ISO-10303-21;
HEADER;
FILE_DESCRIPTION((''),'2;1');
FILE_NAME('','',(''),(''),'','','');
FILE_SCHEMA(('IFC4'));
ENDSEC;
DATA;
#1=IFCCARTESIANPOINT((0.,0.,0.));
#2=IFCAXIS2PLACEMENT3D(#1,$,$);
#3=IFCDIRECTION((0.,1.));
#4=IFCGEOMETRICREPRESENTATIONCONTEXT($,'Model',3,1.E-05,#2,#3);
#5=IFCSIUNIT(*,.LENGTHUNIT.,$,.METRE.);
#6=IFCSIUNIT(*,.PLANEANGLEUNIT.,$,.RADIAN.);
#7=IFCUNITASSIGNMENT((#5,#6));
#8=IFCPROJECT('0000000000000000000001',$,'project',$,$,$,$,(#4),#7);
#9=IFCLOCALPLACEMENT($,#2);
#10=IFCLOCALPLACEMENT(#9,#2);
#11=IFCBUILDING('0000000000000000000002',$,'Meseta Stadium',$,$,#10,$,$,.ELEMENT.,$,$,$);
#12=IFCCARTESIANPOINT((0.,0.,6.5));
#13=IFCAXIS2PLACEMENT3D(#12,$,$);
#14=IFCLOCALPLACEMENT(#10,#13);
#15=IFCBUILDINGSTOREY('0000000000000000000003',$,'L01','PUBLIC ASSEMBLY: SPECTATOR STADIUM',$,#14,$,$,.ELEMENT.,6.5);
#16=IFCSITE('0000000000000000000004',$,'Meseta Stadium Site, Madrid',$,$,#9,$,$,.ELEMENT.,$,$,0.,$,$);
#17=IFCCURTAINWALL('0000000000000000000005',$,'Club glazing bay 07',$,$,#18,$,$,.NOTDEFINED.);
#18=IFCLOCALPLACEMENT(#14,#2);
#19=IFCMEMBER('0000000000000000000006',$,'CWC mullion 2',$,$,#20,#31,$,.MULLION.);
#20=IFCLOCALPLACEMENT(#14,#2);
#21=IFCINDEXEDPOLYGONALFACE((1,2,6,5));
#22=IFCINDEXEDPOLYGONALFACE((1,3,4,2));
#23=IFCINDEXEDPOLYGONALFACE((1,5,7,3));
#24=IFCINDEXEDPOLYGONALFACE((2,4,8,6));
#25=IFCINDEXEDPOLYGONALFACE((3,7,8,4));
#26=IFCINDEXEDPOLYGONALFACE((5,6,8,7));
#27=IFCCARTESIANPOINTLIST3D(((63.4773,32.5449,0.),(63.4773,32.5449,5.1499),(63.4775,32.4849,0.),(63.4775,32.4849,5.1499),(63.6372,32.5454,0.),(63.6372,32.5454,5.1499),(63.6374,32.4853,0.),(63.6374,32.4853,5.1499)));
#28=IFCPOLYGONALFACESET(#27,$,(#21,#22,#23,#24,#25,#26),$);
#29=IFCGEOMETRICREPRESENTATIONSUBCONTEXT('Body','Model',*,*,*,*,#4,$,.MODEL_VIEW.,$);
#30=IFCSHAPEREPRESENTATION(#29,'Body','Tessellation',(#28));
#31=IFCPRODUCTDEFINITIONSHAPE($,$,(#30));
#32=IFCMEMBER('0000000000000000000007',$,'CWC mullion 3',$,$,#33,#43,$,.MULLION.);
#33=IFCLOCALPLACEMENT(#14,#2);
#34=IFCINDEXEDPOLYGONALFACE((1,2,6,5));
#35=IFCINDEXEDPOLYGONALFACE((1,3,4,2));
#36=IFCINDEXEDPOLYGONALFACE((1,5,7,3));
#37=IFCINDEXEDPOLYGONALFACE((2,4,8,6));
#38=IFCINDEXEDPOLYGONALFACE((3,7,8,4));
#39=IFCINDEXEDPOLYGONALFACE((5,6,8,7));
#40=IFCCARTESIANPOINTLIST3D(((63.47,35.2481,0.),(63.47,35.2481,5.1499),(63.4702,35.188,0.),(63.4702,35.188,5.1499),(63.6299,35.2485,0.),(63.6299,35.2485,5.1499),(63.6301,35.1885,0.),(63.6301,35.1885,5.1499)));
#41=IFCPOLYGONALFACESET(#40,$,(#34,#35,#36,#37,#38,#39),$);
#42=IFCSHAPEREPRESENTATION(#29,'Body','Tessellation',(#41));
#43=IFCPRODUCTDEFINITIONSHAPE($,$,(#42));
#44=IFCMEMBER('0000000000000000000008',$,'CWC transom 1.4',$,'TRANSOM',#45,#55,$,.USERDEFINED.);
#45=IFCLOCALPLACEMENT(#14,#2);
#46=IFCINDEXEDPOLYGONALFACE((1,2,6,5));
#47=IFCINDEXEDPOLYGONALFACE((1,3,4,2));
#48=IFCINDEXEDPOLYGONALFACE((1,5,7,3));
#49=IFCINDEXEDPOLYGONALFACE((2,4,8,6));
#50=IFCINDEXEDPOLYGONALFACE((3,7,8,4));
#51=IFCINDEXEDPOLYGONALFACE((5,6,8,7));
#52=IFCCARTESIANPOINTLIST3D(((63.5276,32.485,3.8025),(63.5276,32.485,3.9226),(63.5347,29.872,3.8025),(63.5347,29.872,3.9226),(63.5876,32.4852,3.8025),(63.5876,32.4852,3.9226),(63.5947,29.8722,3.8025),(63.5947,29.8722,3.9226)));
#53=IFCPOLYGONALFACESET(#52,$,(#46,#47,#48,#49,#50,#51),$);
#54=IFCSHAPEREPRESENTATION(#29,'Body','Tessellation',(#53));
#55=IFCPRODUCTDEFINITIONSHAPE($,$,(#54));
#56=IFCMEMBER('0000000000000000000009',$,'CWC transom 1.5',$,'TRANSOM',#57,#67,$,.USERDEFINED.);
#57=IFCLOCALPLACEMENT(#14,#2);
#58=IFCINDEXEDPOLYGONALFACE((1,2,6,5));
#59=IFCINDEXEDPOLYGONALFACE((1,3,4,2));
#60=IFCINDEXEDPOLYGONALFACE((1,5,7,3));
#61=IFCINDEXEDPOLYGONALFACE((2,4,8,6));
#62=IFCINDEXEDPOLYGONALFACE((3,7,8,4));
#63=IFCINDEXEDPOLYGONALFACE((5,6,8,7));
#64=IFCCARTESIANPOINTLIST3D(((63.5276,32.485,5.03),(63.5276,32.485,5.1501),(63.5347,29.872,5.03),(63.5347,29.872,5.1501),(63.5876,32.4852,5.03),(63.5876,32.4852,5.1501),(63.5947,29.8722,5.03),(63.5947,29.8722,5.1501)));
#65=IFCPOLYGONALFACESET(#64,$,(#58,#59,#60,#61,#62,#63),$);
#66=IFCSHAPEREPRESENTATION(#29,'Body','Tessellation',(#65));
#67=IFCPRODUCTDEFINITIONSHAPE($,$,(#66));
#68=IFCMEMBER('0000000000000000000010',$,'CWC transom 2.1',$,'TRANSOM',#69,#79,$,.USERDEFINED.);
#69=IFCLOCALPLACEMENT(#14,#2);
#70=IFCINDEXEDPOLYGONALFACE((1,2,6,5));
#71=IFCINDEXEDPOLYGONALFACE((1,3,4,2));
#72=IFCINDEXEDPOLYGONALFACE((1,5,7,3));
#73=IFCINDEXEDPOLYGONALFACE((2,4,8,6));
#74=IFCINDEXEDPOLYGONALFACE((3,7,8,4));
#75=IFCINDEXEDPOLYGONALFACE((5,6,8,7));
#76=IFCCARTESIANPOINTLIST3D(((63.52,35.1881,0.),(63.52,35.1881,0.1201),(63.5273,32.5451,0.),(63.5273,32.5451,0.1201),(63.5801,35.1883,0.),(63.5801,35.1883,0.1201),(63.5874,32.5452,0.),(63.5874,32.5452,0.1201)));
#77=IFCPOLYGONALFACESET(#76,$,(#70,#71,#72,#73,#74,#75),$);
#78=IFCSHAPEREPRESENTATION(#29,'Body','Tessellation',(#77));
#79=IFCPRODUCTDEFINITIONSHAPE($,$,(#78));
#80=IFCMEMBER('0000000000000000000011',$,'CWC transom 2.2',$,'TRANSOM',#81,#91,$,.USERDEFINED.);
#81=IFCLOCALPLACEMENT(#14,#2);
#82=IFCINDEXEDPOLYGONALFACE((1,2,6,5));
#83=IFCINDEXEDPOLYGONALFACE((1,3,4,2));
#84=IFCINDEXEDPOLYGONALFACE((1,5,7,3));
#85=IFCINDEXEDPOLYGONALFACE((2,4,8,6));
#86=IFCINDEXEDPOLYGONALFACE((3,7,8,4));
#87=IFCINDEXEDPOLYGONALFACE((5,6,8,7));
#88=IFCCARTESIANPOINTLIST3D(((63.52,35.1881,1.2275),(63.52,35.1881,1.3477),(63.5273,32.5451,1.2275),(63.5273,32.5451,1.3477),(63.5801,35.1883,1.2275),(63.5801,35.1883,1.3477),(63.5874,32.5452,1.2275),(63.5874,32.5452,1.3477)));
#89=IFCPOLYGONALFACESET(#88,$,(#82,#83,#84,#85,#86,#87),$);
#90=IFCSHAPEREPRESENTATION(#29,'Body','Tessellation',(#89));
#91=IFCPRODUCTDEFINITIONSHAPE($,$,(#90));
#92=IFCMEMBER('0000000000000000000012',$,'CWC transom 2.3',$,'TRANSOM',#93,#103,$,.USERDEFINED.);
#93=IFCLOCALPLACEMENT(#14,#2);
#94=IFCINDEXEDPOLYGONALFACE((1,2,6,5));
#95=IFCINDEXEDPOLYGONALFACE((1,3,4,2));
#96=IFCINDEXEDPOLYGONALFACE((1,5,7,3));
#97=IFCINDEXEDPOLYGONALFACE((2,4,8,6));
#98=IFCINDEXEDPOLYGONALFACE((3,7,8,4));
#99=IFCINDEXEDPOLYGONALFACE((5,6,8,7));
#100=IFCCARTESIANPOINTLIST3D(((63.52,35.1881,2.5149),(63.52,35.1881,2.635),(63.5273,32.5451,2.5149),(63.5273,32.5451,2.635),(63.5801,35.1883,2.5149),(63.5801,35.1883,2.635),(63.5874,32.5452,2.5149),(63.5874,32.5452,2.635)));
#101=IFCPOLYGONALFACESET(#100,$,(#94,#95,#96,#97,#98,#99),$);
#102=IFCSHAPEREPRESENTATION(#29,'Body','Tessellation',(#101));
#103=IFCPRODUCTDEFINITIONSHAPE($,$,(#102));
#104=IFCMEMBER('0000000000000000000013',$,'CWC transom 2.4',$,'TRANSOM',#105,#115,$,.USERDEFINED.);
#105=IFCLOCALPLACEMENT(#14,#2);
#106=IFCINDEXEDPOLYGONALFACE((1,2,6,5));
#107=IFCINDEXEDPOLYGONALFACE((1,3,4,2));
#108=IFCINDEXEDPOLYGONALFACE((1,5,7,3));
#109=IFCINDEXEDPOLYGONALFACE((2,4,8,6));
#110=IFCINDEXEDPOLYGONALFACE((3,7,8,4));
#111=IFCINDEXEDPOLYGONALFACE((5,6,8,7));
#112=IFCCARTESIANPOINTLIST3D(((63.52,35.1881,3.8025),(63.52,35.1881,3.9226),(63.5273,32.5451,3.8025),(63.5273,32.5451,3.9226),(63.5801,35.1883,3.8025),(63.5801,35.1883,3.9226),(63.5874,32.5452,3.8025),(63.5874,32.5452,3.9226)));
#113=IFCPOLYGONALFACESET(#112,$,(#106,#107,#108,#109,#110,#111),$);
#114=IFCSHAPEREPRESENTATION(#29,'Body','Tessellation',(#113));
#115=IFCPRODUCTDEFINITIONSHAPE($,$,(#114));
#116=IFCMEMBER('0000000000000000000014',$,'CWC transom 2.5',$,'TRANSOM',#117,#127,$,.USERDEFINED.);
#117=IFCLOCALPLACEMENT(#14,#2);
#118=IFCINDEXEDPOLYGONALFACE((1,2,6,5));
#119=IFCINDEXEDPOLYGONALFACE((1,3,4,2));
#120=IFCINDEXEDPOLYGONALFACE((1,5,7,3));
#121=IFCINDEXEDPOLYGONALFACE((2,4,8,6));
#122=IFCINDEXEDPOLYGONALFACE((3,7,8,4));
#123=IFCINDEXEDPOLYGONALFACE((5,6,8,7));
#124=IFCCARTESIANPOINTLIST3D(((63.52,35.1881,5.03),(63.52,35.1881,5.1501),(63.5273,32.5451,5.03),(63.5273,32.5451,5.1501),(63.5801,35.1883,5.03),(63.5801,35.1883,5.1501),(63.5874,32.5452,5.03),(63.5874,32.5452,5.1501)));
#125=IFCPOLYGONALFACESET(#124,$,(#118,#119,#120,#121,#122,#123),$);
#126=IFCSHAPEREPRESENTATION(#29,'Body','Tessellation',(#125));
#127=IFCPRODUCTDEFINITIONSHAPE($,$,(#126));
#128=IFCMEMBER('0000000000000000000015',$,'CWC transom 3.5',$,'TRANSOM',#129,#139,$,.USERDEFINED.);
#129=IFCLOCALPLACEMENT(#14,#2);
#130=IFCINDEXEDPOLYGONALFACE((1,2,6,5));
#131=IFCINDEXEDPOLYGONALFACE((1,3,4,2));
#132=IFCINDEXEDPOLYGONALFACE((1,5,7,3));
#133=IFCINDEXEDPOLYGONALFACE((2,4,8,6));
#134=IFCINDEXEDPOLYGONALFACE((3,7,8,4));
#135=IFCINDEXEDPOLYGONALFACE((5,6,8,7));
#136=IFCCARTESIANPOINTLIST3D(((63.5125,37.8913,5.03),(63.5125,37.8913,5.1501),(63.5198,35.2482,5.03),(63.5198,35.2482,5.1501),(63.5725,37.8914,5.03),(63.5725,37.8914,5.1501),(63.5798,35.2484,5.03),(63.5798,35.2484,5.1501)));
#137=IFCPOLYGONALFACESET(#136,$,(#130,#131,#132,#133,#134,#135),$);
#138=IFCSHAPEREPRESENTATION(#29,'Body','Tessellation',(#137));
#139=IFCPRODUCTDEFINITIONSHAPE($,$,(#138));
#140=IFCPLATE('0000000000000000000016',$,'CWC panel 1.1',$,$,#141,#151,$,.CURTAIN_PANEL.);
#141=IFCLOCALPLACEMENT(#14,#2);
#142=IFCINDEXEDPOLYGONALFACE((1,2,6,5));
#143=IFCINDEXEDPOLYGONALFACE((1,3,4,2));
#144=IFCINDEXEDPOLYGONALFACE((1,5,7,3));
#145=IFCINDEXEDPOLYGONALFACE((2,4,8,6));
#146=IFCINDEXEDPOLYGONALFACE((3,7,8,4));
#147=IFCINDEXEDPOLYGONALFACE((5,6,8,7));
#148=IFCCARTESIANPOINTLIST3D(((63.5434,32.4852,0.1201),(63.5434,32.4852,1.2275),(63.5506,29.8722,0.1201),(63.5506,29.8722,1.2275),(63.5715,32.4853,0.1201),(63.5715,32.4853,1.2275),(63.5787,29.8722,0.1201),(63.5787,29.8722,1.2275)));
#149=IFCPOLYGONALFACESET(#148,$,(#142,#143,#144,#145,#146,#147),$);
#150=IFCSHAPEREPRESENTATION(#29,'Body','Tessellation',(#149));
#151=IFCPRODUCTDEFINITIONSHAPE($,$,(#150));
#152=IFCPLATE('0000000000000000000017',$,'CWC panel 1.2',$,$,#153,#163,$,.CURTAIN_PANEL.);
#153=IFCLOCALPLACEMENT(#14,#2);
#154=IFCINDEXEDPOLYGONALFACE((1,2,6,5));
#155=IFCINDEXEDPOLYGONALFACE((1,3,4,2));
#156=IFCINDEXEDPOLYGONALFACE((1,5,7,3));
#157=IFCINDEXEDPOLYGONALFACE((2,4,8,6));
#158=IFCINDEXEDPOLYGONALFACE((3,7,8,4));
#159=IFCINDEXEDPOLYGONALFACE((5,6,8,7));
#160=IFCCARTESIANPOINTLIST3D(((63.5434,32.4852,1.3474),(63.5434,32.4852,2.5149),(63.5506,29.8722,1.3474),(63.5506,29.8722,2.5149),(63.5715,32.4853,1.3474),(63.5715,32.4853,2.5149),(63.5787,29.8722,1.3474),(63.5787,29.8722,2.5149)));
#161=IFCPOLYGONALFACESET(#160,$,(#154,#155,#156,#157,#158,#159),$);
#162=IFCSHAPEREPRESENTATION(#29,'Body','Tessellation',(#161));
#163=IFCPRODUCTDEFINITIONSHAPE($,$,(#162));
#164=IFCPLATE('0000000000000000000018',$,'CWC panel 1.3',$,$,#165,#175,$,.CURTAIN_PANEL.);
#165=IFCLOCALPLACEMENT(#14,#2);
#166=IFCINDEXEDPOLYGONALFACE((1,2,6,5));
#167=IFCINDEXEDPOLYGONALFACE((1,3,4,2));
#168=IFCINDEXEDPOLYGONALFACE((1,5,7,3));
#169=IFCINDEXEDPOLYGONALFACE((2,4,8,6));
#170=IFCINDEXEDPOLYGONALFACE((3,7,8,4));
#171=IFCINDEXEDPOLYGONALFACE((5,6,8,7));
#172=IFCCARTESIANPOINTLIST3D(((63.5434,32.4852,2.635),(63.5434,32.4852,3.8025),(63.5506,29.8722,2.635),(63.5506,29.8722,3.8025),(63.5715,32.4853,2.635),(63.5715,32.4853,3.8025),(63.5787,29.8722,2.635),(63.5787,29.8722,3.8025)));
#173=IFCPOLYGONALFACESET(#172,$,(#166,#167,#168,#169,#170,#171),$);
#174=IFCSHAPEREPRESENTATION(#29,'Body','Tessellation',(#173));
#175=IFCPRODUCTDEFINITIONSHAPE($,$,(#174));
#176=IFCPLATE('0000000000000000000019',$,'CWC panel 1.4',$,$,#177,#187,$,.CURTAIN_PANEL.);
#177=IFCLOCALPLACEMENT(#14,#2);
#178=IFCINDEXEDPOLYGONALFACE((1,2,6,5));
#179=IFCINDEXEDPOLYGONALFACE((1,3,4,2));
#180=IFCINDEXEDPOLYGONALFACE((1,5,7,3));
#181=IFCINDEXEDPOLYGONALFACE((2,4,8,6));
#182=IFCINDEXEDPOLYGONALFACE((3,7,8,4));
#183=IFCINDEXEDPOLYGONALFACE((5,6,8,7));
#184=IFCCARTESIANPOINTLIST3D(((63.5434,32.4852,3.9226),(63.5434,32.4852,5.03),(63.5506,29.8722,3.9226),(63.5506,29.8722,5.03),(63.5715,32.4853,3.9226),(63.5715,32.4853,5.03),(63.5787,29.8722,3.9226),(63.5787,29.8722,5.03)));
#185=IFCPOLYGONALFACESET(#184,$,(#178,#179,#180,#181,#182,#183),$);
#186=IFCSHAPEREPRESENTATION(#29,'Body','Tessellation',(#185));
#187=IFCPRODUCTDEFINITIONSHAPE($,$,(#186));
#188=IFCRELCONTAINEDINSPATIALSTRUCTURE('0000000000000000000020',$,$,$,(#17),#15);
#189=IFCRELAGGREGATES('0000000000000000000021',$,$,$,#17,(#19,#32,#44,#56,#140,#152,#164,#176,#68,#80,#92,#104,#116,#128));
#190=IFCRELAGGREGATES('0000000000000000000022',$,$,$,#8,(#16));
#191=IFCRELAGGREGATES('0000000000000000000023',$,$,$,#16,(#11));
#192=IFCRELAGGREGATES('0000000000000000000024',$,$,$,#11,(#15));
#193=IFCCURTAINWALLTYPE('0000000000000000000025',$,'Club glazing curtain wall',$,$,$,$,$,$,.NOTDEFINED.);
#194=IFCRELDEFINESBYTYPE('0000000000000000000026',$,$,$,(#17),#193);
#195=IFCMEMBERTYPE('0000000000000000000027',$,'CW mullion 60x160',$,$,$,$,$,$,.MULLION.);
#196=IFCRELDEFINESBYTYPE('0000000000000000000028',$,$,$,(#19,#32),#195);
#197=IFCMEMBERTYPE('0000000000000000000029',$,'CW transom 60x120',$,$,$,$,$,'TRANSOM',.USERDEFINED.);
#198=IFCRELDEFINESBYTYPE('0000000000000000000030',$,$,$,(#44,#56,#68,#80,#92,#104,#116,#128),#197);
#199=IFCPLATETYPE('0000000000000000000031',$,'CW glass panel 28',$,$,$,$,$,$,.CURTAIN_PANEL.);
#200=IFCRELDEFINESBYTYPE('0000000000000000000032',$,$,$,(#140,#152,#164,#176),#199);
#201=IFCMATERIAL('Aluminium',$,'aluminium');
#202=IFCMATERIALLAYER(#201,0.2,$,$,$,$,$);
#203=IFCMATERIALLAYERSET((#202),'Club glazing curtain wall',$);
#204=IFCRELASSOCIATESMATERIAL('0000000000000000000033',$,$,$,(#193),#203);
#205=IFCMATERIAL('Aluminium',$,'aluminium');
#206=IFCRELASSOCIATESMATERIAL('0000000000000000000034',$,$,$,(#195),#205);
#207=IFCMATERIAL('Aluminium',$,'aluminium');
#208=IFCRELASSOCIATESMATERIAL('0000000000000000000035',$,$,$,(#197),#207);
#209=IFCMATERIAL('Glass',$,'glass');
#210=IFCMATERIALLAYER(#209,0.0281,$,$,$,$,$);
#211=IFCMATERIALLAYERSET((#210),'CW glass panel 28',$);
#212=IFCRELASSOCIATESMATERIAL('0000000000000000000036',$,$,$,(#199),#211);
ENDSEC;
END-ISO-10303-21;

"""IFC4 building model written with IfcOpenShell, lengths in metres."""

from ifc_helpers import new_model, si_unit, direction, frame, origin, origin_2d, place, context, subcontext, project, spatial, rectangle, extrude, material, layer, layer_set, material_profile, profile_set, type_object, element, aggregate, save


model = new_model("IFC4")

# Units and contexts
model_context = context("Model", 3, precision=1e-05, world=origin(), true_north=direction((0.0, 1.0)))
body_context = subcontext(model_context, "Body", "Model", "MODEL_VIEW")
ifc_project = project(units=[si_unit("LENGTHUNIT", "METRE"), si_unit("PLANEANGLEUNIT", "RADIAN")], contexts=[model_context])

# Site, building, storey
site_placement = place(None, origin())
site = spatial("IfcSite", under=ifc_project, at=site_placement, Name="Meseta Stadium Site, Madrid", CompositionType="ELEMENT", RefElevation=0.0)
building_placement = place(site_placement, origin())
building = spatial("IfcBuilding", under=site, at=building_placement, Name="Meseta Stadium", CompositionType="ELEMENT")
storey_placement = place(building_placement, frame((0.0, 0.0, 6.5)))
storey = spatial("IfcBuildingStorey", under=building, at=storey_placement, Name="L01", Description="PUBLIC ASSEMBLY: SPECTATOR STADIUM", CompositionType="ELEMENT", Elevation=6.5)

# Curtain wall, members, plates
ifc_material_1 = material(Name="Aluminium", Category="aluminium")
ifc_layer_1 = layer(ifc_material_1, 0.2)
ifc_layer_set_1 = layer_set([ifc_layer_1], Name="Club glazing curtain wall")
curtain_wall_type = type_object("IfcCurtainWallType", Name="Club glazing curtain wall", PredefinedType="NOTDEFINED", material=ifc_layer_set_1)
curtain_wall_placement = place(storey_placement, origin())
curtain_wall = element("IfcCurtainWall", 1, at=curtain_wall_placement, inside=storey, type_object=curtain_wall_type, Name="Club glazing bay 07", PredefinedType="NOTDEFINED")
ifc_material_2 = material(Name="Aluminium", Category="aluminium")
ifc_material_profile_1 = material_profile(ifc_material_2, rectangle(XDim=0.1599, YDim=0.0601, at=origin_2d()), Name="CW 160x60")
ifc_profile_set_1 = profile_set([ifc_material_profile_1], Name="Aluminium")
member_type_1 = type_object("IfcMemberType", Name="CW mullion 60x160", PredefinedType="MULLION", material=ifc_profile_set_1)
member_1_placement = place(storey_placement, frame((63.5574, 32.5151, 0.0), z_axis=(0.0, 0.0, 1.0), x_axis=(-0.999996, -0.002758, 0.0)))
member_1 = element("IfcMember", 2, at=member_1_placement, type_object=member_type_1, Name="CWC mullion 2", PredefinedType="MULLION", context=body_context, shape_type="SweptSolid", body=[
    extrude(rectangle(XDim=0.1599, YDim=0.0601, at=origin_2d()), origin(), (0.0, 0.0, 1.0), 5.1499),
])
member_2_placement = place(storey_placement, frame((63.55, 35.2183, 0.0), z_axis=(0.0, 0.0, 1.0), x_axis=(-0.999996, -0.002758, 0.0)))
member_2 = element("IfcMember", 3, at=member_2_placement, type_object=member_type_1, Name="CWC mullion 3", PredefinedType="MULLION", context=body_context, shape_type="SweptSolid", body=[
    extrude(rectangle(XDim=0.1599, YDim=0.0601, at=origin_2d()), origin(), (0.0, 0.0, 1.0), 5.1499),
])
ifc_material_3 = material(Name="Aluminium", Category="aluminium")
ifc_material_profile_2 = material_profile(ifc_material_3, rectangle(XDim=0.0601, YDim=0.1201, at=origin_2d()), Name="CW 60x120")
ifc_profile_set_2 = profile_set([ifc_material_profile_2], Name="Aluminium")
member_type_2 = type_object("IfcMemberType", Name="CW transom 60x120", ElementType="TRANSOM", PredefinedType="USERDEFINED", material=ifc_profile_set_2)
member_3_placement = place(storey_placement, frame((63.5647, 29.8721, 3.8625), z_axis=(-0.00271, 0.999996, 0.0), x_axis=(-0.999996, -0.00271, 0.0)))
member_3 = element("IfcMember", 4, at=member_3_placement, type_object=member_type_2, Name="CWC transom 1.4", ObjectType="TRANSOM", PredefinedType="USERDEFINED", context=body_context, shape_type="SweptSolid", body=[
    extrude(rectangle(XDim=0.0601, YDim=0.1201, at=origin_2d()), origin(), (0.0, 0.0, 1.0), 2.613),
])
member_4_placement = place(storey_placement, frame((63.5647, 29.8721, 5.0901), z_axis=(-0.00271, 0.999996, 0.0), x_axis=(-0.999996, -0.00271, 0.0)))
member_4 = element("IfcMember", 5, at=member_4_placement, type_object=member_type_2, Name="CWC transom 1.5", ObjectType="TRANSOM", PredefinedType="USERDEFINED", context=body_context, shape_type="SweptSolid", body=[
    extrude(rectangle(XDim=0.0601, YDim=0.1201, at=origin_2d()), origin(), (0.0, 0.0, 1.0), 2.613),
])
member_5_placement = place(storey_placement, frame((63.5574, 32.5452, 0.0601), z_axis=(-0.002771, 0.999996, 0.0), x_axis=(-0.999996, -0.002771, 0.0)))
member_5 = element("IfcMember", 6, at=member_5_placement, type_object=member_type_2, Name="CWC transom 2.1", ObjectType="TRANSOM", PredefinedType="USERDEFINED", context=body_context, shape_type="SweptSolid", body=[
    extrude(rectangle(XDim=0.0601, YDim=0.1201, at=origin_2d()), origin(), (0.0, 0.0, 1.0), 2.6431),
])
member_6_placement = place(storey_placement, frame((63.5574, 32.5452, 1.2876), z_axis=(-0.002771, 0.999996, 0.0), x_axis=(-0.999996, -0.002771, 0.0)))
member_6 = element("IfcMember", 7, at=member_6_placement, type_object=member_type_2, Name="CWC transom 2.2", ObjectType="TRANSOM", PredefinedType="USERDEFINED", context=body_context, shape_type="SweptSolid", body=[
    extrude(rectangle(XDim=0.0601, YDim=0.1201, at=origin_2d()), origin(), (0.0, 0.0, 1.0), 2.6431),
])
member_7_placement = place(storey_placement, frame((63.5574, 32.5452, 2.575), z_axis=(-0.002771, 0.999996, 0.0), x_axis=(-0.999996, -0.002771, 0.0)))
member_7 = element("IfcMember", 8, at=member_7_placement, type_object=member_type_2, Name="CWC transom 2.3", ObjectType="TRANSOM", PredefinedType="USERDEFINED", context=body_context, shape_type="SweptSolid", body=[
    extrude(rectangle(XDim=0.0601, YDim=0.1201, at=origin_2d()), origin(), (0.0, 0.0, 1.0), 2.6431),
])
member_8_placement = place(storey_placement, frame((63.5574, 32.5452, 3.8625), z_axis=(-0.002771, 0.999996, 0.0), x_axis=(-0.999996, -0.002771, 0.0)))
member_8 = element("IfcMember", 9, at=member_8_placement, type_object=member_type_2, Name="CWC transom 2.4", ObjectType="TRANSOM", PredefinedType="USERDEFINED", context=body_context, shape_type="SweptSolid", body=[
    extrude(rectangle(XDim=0.0601, YDim=0.1201, at=origin_2d()), origin(), (0.0, 0.0, 1.0), 2.6431),
])
member_9_placement = place(storey_placement, frame((63.5574, 32.5452, 5.0901), z_axis=(-0.002771, 0.999996, 0.0), x_axis=(-0.999996, -0.002771, 0.0)))
member_9 = element("IfcMember", 10, at=member_9_placement, type_object=member_type_2, Name="CWC transom 2.5", ObjectType="TRANSOM", PredefinedType="USERDEFINED", context=body_context, shape_type="SweptSolid", body=[
    extrude(rectangle(XDim=0.0601, YDim=0.1201, at=origin_2d()), origin(), (0.0, 0.0, 1.0), 2.6431),
])
member_10_placement = place(storey_placement, frame((63.5498, 35.2483, 5.0901), z_axis=(-0.002771, 0.999996, 0.0), x_axis=(-0.999996, -0.002771, 0.0)))
member_10 = element("IfcMember", 11, at=member_10_placement, type_object=member_type_2, Name="CWC transom 3.5", ObjectType="TRANSOM", PredefinedType="USERDEFINED", context=body_context, shape_type="SweptSolid", body=[
    extrude(rectangle(XDim=0.0601, YDim=0.1201, at=origin_2d()), origin(), (0.0, 0.0, 1.0), 2.6431),
])
ifc_material_4 = material(Name="Glass", Category="glass")
ifc_layer_2 = layer(ifc_material_4, 0.0281)
ifc_layer_set_2 = layer_set([ifc_layer_2], Name="CW glass panel 28")
plate_type = type_object("IfcPlateType", Name="CW glass panel 28", PredefinedType="CURTAIN_PANEL", material=ifc_layer_set_2)
plate_1_placement = place(storey_placement, frame((63.561, 31.1787, 0.1201), z_axis=(0.0, 0.0, 1.0), x_axis=(-0.002758, 0.999996, 0.0)))
plate_1 = element("IfcPlate", 12, at=plate_1_placement, type_object=plate_type, Name="CWC panel 1.1", PredefinedType="CURTAIN_PANEL", context=body_context, shape_type="SweptSolid", body=[
    extrude(rectangle(XDim=2.613, YDim=0.0281, at=origin_2d()), origin(), (0.0, 0.0, 1.0), 1.1074),
])
plate_2_placement = place(storey_placement, frame((63.561, 31.1787, 1.3474), z_axis=(0.0, 0.0, 1.0), x_axis=(-0.002758, 0.999996, 0.0)))
plate_2 = element("IfcPlate", 13, at=plate_2_placement, type_object=plate_type, Name="CWC panel 1.2", PredefinedType="CURTAIN_PANEL", context=body_context, shape_type="SweptSolid", body=[
    extrude(rectangle(XDim=2.613, YDim=0.0281, at=origin_2d()), origin(), (0.0, 0.0, 1.0), 1.1675),
])
plate_3_placement = place(storey_placement, frame((63.561, 31.1787, 2.635), z_axis=(0.0, 0.0, 1.0), x_axis=(-0.002758, 0.999996, 0.0)))
plate_3 = element("IfcPlate", 14, at=plate_3_placement, type_object=plate_type, Name="CWC panel 1.3", PredefinedType="CURTAIN_PANEL", context=body_context, shape_type="SweptSolid", body=[
    extrude(rectangle(XDim=2.613, YDim=0.0281, at=origin_2d()), origin(), (0.0, 0.0, 1.0), 1.1675),
])
plate_4_placement = place(storey_placement, frame((63.561, 31.1787, 3.9226), z_axis=(0.0, 0.0, 1.0), x_axis=(-0.002758, 0.999996, 0.0)))
plate_4 = element("IfcPlate", 15, at=plate_4_placement, type_object=plate_type, Name="CWC panel 1.4", PredefinedType="CURTAIN_PANEL", context=body_context, shape_type="SweptSolid", body=[
    extrude(rectangle(XDim=2.613, YDim=0.0281, at=origin_2d()), origin(), (0.0, 0.0, 1.0), 1.1074),
])
aggregate(curtain_wall, [member_1, member_2, member_3, member_4, plate_1, plate_2, plate_3, plate_4, member_5, member_6, member_7, member_8, member_9, member_10])

save(model, "model.ifc")
